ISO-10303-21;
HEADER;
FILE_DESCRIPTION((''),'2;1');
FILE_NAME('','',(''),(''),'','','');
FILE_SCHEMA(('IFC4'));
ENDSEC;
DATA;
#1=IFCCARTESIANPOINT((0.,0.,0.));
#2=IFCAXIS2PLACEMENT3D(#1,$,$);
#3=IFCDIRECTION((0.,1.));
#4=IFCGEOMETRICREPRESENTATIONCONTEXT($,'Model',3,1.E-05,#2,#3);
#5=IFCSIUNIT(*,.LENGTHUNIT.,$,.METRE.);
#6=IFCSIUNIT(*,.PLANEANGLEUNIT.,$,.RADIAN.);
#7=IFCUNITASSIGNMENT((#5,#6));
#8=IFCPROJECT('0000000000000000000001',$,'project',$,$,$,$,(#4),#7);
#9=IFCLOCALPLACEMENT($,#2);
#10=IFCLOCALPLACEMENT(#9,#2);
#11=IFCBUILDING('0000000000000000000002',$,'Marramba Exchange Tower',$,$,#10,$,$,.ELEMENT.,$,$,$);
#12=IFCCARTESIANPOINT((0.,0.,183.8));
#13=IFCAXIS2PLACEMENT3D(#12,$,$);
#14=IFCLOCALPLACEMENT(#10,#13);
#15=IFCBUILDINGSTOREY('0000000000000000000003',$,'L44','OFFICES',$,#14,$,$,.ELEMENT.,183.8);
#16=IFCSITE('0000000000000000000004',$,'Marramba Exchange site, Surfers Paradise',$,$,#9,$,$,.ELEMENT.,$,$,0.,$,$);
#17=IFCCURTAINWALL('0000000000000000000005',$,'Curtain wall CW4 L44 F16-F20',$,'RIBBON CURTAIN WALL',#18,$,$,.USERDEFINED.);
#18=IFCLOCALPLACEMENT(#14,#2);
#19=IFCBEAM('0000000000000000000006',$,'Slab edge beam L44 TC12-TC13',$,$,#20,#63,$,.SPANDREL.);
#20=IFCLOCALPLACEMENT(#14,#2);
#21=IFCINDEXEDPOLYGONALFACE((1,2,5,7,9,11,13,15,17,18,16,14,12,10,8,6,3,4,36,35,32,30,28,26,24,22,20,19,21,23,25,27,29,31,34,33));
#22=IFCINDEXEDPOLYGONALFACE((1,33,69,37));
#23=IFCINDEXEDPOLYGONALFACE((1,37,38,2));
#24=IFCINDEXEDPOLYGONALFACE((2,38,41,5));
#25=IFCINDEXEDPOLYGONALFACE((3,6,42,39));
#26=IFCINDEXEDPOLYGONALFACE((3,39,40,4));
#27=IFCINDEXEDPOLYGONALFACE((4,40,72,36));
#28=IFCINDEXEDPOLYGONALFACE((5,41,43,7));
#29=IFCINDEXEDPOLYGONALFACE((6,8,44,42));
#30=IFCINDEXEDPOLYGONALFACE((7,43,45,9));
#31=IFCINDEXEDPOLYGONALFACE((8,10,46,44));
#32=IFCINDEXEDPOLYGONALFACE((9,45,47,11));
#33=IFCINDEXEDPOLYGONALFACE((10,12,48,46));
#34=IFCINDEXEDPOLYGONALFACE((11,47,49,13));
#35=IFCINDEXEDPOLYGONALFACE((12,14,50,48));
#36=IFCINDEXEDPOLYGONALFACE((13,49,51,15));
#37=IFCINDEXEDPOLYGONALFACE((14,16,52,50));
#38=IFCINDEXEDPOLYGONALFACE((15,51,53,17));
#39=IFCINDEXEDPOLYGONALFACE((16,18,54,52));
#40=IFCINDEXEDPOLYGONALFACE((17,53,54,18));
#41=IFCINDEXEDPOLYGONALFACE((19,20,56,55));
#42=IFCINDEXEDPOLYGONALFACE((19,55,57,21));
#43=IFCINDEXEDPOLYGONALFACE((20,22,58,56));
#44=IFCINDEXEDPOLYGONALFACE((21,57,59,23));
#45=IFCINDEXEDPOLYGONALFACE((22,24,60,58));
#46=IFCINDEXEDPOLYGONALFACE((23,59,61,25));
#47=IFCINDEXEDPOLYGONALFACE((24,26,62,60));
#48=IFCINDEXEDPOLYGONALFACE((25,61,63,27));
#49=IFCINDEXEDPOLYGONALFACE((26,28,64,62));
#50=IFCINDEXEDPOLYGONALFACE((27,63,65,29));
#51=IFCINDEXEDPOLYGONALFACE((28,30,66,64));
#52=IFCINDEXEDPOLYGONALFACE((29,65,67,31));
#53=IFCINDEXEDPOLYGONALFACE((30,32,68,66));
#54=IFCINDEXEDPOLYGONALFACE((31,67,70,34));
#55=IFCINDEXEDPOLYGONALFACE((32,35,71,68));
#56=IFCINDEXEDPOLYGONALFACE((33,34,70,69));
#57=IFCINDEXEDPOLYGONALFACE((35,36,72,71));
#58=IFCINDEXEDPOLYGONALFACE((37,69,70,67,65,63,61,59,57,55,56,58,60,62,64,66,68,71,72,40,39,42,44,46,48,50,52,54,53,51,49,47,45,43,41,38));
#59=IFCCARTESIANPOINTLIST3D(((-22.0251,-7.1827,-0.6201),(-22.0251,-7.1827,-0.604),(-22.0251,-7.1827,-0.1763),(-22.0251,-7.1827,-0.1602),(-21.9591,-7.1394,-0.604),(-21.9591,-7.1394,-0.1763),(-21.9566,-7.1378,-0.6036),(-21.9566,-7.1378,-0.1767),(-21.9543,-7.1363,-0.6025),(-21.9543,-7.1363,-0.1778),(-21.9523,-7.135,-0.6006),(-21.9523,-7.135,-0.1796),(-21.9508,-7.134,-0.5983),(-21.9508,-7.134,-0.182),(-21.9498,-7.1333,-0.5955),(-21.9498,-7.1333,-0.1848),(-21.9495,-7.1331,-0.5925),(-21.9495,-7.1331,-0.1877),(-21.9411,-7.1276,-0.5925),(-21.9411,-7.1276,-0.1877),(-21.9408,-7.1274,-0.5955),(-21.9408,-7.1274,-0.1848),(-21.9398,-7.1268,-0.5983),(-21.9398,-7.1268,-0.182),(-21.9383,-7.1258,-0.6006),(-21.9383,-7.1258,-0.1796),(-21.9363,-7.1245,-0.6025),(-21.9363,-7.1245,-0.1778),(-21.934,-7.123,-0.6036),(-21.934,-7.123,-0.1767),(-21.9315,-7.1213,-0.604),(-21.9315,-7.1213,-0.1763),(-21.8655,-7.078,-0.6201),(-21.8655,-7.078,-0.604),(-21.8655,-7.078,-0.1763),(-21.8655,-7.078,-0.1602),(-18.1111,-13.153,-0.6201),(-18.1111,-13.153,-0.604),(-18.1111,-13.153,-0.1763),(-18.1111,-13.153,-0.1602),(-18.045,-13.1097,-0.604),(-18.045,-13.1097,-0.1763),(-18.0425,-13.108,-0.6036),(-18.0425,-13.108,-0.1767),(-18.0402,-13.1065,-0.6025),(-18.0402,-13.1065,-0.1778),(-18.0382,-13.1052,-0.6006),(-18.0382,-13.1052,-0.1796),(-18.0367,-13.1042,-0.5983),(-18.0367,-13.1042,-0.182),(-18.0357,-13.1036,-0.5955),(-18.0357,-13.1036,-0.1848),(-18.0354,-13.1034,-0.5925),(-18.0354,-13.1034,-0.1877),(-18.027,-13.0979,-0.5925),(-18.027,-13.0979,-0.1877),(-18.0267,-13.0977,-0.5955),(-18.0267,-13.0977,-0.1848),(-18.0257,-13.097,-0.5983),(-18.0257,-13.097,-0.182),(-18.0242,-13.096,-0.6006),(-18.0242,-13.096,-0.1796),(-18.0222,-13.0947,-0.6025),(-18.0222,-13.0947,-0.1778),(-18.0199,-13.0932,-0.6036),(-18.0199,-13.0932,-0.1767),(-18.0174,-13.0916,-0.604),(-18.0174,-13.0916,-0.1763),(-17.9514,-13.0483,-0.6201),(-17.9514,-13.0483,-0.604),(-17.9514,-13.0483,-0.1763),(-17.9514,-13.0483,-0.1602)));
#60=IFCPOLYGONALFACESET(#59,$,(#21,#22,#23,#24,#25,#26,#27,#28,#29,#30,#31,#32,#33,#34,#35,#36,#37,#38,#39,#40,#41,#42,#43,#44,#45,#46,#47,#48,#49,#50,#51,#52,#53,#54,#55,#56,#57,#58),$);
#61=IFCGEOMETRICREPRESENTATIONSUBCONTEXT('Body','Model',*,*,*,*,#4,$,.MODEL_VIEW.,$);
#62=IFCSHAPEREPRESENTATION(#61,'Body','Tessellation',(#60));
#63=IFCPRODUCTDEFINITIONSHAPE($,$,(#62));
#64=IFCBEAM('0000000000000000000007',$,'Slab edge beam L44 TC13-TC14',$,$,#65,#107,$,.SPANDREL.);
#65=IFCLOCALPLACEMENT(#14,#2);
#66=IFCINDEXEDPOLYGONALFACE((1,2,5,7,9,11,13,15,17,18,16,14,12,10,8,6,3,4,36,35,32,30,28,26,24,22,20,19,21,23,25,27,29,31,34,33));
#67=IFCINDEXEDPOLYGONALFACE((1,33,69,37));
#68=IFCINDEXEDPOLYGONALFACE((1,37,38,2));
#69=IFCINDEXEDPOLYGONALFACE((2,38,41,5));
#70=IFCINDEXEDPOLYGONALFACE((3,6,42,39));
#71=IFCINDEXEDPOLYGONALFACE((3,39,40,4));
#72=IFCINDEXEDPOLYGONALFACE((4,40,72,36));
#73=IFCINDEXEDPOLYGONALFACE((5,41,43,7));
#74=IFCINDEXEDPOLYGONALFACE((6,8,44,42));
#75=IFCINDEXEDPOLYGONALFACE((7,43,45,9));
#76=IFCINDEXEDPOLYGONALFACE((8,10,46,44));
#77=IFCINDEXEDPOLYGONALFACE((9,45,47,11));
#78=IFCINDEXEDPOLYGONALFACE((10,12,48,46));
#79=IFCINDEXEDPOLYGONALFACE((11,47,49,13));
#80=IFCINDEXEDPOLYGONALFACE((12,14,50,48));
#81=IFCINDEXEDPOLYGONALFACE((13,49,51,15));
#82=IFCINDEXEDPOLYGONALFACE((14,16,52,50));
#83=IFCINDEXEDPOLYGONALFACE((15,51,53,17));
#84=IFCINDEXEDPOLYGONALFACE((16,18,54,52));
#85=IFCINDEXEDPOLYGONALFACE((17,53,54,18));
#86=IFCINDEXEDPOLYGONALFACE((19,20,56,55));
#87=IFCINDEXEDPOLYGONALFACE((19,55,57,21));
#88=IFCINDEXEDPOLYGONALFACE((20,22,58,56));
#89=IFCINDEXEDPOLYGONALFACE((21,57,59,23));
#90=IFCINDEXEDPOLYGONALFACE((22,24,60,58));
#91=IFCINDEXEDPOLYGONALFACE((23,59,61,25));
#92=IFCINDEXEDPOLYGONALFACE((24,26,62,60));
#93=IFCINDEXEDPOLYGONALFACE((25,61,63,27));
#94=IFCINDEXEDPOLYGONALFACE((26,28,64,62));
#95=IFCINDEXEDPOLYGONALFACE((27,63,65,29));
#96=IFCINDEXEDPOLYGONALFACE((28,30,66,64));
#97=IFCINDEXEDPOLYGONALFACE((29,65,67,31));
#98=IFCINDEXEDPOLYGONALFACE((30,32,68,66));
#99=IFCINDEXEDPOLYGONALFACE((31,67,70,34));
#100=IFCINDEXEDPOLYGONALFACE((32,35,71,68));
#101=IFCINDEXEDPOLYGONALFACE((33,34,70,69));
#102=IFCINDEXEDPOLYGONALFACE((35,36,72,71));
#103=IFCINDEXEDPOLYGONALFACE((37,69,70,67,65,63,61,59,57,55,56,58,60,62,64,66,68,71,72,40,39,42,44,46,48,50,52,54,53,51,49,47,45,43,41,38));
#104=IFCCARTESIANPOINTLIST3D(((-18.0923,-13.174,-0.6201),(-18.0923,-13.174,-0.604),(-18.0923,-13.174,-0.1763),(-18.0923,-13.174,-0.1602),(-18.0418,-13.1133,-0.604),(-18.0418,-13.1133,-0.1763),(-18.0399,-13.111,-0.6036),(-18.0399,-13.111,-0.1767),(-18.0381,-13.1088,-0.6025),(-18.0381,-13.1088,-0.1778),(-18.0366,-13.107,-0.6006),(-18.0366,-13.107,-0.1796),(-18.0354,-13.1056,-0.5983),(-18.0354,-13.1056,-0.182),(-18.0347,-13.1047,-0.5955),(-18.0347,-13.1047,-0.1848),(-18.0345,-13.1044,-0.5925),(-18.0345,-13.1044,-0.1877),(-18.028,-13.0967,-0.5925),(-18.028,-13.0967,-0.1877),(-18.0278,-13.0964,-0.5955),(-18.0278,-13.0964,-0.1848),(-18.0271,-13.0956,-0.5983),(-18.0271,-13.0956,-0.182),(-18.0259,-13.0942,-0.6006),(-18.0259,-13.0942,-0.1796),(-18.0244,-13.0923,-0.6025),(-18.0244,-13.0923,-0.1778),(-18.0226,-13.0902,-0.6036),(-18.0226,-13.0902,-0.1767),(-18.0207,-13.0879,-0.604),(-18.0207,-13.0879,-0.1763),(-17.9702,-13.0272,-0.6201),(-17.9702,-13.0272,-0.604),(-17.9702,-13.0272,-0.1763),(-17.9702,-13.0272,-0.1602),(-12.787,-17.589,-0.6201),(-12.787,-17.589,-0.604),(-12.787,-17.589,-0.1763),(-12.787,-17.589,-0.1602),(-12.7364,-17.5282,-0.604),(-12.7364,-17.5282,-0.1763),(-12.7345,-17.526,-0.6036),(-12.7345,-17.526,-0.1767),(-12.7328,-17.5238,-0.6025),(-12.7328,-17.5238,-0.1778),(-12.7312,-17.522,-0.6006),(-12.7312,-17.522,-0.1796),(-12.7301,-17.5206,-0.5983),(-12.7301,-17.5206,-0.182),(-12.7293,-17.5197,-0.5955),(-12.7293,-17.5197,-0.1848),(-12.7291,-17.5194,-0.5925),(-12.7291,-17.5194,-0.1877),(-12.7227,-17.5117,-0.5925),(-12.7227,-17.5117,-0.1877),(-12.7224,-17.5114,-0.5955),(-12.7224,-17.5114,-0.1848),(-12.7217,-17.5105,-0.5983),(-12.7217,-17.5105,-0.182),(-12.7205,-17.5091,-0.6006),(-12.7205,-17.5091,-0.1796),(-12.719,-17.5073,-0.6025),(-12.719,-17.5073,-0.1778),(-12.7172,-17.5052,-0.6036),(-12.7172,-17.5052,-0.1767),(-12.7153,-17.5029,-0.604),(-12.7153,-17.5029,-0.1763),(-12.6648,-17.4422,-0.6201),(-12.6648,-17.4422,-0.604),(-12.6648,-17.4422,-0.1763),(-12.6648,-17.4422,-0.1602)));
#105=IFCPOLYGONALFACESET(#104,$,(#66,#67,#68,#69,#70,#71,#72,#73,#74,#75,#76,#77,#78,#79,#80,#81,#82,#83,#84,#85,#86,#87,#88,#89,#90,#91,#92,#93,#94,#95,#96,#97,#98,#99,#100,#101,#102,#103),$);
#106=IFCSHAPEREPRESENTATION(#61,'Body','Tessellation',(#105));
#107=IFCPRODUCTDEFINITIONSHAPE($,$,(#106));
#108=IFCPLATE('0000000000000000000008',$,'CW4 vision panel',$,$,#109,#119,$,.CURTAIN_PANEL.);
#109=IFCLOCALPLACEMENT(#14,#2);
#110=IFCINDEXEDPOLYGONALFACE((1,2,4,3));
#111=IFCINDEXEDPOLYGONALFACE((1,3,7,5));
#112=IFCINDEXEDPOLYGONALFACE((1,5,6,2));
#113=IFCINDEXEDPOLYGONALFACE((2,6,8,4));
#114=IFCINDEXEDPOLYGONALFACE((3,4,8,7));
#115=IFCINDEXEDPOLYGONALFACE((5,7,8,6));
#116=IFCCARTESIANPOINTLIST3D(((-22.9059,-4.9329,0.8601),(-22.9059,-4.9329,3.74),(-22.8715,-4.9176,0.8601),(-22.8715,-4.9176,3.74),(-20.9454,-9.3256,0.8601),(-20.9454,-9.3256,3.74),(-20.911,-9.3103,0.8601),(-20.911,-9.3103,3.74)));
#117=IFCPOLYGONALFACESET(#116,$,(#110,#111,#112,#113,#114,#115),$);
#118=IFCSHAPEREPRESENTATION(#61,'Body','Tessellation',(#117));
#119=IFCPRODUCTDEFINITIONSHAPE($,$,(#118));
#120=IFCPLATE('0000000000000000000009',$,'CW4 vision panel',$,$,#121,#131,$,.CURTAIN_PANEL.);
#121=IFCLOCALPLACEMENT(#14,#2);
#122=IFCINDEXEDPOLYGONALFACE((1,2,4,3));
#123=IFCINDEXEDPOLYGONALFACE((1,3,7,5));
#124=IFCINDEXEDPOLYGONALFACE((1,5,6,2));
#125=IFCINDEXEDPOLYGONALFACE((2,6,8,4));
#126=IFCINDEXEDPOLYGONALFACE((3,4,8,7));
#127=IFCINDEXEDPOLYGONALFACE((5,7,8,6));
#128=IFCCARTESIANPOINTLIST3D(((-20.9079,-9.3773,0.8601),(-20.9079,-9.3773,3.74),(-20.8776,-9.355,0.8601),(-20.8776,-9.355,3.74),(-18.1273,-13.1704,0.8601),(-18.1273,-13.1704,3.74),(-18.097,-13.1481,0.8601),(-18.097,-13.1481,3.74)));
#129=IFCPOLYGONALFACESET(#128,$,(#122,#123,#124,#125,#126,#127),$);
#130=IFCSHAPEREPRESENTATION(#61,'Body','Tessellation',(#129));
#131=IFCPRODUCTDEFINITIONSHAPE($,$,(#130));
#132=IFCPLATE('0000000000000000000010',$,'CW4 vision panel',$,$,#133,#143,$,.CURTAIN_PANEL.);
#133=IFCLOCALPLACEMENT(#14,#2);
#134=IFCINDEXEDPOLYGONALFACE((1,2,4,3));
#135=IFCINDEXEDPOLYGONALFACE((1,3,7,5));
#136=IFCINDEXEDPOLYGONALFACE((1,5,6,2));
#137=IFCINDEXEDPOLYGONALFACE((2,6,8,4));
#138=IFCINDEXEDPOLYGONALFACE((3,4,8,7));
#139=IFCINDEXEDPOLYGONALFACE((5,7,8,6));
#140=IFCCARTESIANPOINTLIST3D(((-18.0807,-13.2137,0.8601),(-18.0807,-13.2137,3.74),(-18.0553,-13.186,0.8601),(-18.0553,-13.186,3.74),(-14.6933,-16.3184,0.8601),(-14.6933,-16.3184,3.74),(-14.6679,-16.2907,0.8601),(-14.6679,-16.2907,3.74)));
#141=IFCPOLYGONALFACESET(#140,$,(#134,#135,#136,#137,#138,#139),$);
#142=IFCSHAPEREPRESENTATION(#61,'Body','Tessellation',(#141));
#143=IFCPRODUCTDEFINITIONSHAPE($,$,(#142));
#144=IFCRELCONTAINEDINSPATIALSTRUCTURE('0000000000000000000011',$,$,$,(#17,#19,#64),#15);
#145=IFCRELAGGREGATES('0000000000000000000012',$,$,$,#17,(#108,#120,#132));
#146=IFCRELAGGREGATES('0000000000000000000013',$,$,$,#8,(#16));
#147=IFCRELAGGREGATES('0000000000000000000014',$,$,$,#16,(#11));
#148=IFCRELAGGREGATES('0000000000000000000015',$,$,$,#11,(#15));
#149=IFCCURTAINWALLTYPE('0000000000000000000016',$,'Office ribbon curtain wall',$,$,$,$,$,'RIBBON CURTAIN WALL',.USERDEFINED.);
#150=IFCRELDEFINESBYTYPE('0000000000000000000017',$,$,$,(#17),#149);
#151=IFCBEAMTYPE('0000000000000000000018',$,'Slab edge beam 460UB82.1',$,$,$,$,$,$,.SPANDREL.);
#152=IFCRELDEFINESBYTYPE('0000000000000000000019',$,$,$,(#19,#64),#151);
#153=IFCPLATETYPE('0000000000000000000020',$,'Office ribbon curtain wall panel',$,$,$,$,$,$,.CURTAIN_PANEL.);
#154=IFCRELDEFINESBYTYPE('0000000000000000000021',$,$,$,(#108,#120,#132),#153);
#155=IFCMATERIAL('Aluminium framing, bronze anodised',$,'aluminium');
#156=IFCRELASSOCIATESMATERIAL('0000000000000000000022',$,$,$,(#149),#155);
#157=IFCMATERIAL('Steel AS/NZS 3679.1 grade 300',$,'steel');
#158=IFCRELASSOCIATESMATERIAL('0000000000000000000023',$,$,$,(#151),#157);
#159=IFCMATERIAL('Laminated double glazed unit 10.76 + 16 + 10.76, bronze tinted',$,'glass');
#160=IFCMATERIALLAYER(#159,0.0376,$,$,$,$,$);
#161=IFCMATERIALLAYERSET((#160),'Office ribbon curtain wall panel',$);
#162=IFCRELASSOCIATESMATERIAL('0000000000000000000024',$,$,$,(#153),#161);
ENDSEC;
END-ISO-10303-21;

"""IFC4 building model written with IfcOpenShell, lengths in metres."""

from ifc_helpers import new_model, si_unit, direction, frame, origin, origin_2d, place, context, subcontext, project, spatial, rectangle, i_section, extrude, material, layer, layer_set, material_profile, profile_set, type_object, element, aggregate, save


model = new_model("IFC4")

# Units and contexts
model_context = context("Model", 3, precision=1e-05, world=origin(), true_north=direction((0.0, 1.0)))
body_context = subcontext(model_context, "Body", "Model", "MODEL_VIEW")
ifc_project = project(units=[si_unit("LENGTHUNIT", "METRE"), si_unit("PLANEANGLEUNIT", "RADIAN")], contexts=[model_context])

# Site, building, storey
site_placement = place(None, origin())
site = spatial("IfcSite", under=ifc_project, at=site_placement, Name="Marramba Exchange site, Surfers Paradise", CompositionType="ELEMENT", RefElevation=0.0)
building_placement = place(site_placement, origin())
building = spatial("IfcBuilding", under=site, at=building_placement, Name="Marramba Exchange Tower", CompositionType="ELEMENT")
storey_placement = place(building_placement, frame((0.0, 0.0, 183.8)))
storey = spatial("IfcBuildingStorey", under=building, at=storey_placement, Name="L44", Description="OFFICES", CompositionType="ELEMENT", Elevation=183.8)

# Curtain wall
ifc_material_1 = material(Name="Aluminium framing, bronze anodised", Category="aluminium")
curtain_wall_type = type_object("IfcCurtainWallType", Name="Office ribbon curtain wall", ElementType="RIBBON CURTAIN WALL", PredefinedType="USERDEFINED", material=ifc_material_1)
curtain_wall_placement = place(storey_placement, origin())
curtain_wall = element("IfcCurtainWall", 1, at=curtain_wall_placement, inside=storey, type_object=curtain_wall_type, Name="Curtain wall CW4 L44 F16-F20", ObjectType="RIBBON CURTAIN WALL", PredefinedType="USERDEFINED")

# Beams
ifc_material_2 = material(Name="Steel AS/NZS 3679.1 grade 300", Category="steel")
ifc_material_profile_1 = material_profile(ifc_material_2, i_section(OverallWidth=0.1909, OverallDepth=0.46, WebThickness=0.01, FlangeThickness=0.0161, FilletRadius=0.0115, at=origin_2d()), Name="460UB82.1")
ifc_profile_set_1 = profile_set([ifc_material_profile_1], Name="Steel AS/NZS 3679.1 grade 300")
beam_type_1 = type_object("IfcBeamType", Name="Slab edge beam 460UB82.1", PredefinedType="SPANDREL", material=ifc_profile_set_1)
beam_1_placement = place(storey_placement, frame((-21.9453, -7.1304, -0.3901), z_axis=(0.548275, -0.836298, 0.0), x_axis=(0.836298, 0.548275, 0.0)))
element("IfcBeam", 2, at=beam_1_placement, inside=storey, type_object=beam_type_1, Name="Slab edge beam L44 TC12-TC13", PredefinedType="SPANDREL", context=body_context, shape_type="SweptSolid", body=[
    extrude(i_section(OverallWidth=0.1909, OverallDepth=0.46, WebThickness=0.01, FlangeThickness=0.0161, FilletRadius=0.0115, at=origin_2d()), origin(), (0.0, 0.0, 1.0), 7.1389),
])
beam_2_placement = place(storey_placement, frame((-18.0312, -13.1006, -0.3901), z_axis=(0.768659, -0.639659, 0.0), x_axis=(0.639659, 0.768659, 0.0)))
element("IfcBeam", 3, at=beam_2_placement, inside=storey, type_object=beam_type_1, Name="Slab edge beam L44 TC13-TC14", PredefinedType="SPANDREL", context=body_context, shape_type="SweptSolid", body=[
    extrude(i_section(OverallWidth=0.1909, OverallDepth=0.46, WebThickness=0.01, FlangeThickness=0.0161, FilletRadius=0.0115, at=origin_2d()), origin(), (0.0, 0.0, 1.0), 6.9021),
])

# Plates
ifc_material_3 = material(Name="Laminated double glazed unit 10.76 + 16 + 10.76, bronze tinted", Category="glass")
ifc_layer_1 = layer(ifc_material_3, 0.0376)
ifc_layer_set_1 = layer_set([ifc_layer_1], Name="Office ribbon curtain wall panel")
plate_type = type_object("IfcPlateType", Name="Office ribbon curtain wall panel", PredefinedType="CURTAIN_PANEL", material=ifc_layer_set_1)
plate_1_placement = place(storey_placement, frame((-21.9084, -7.1216, 0.8601), z_axis=(0.0, 0.0, 1.0), x_axis=(0.407558, -0.91318, 0.0)))
plate_1 = element("IfcPlate", 4, at=plate_1_placement, type_object=plate_type, Name="CW4 vision panel", PredefinedType="CURTAIN_PANEL", context=body_context, shape_type="SweptSolid", body=[
    extrude(rectangle(XDim=4.8103, YDim=0.0376, at=origin_2d()), origin(), (0.0, 0.0, 1.0), 2.8799),
])
plate_2_placement = place(storey_placement, frame((-19.5024, -11.2627, 0.8601), z_axis=(0.0, 0.0, 1.0), x_axis=(0.591223, -0.806508, 0.0)))
plate_2 = element("IfcPlate", 5, at=plate_2_placement, type_object=plate_type, Name="CW4 vision panel", PredefinedType="CURTAIN_PANEL", context=body_context, shape_type="SweptSolid", body=[
    extrude(rectangle(XDim=4.7031, YDim=0.0376, at=origin_2d()), origin(), (0.0, 0.0, 1.0), 2.8799),
])
plate_3_placement = place(storey_placement, frame((-16.3743, -14.7522, 0.8601), z_axis=(0.0, 0.0, 1.0), x_axis=(0.737203, -0.675671, 0.0)))
plate_3 = element("IfcPlate", 6, at=plate_3_placement, type_object=plate_type, Name="CW4 vision panel", PredefinedType="CURTAIN_PANEL", context=body_context, shape_type="SweptSolid", body=[
    extrude(rectangle(XDim=4.595, YDim=0.0376, at=origin_2d()), origin(), (0.0, 0.0, 1.0), 2.8799),
])
aggregate(curtain_wall, [plate_1, plate_2, plate_3])

save(model, "model.ifc")
